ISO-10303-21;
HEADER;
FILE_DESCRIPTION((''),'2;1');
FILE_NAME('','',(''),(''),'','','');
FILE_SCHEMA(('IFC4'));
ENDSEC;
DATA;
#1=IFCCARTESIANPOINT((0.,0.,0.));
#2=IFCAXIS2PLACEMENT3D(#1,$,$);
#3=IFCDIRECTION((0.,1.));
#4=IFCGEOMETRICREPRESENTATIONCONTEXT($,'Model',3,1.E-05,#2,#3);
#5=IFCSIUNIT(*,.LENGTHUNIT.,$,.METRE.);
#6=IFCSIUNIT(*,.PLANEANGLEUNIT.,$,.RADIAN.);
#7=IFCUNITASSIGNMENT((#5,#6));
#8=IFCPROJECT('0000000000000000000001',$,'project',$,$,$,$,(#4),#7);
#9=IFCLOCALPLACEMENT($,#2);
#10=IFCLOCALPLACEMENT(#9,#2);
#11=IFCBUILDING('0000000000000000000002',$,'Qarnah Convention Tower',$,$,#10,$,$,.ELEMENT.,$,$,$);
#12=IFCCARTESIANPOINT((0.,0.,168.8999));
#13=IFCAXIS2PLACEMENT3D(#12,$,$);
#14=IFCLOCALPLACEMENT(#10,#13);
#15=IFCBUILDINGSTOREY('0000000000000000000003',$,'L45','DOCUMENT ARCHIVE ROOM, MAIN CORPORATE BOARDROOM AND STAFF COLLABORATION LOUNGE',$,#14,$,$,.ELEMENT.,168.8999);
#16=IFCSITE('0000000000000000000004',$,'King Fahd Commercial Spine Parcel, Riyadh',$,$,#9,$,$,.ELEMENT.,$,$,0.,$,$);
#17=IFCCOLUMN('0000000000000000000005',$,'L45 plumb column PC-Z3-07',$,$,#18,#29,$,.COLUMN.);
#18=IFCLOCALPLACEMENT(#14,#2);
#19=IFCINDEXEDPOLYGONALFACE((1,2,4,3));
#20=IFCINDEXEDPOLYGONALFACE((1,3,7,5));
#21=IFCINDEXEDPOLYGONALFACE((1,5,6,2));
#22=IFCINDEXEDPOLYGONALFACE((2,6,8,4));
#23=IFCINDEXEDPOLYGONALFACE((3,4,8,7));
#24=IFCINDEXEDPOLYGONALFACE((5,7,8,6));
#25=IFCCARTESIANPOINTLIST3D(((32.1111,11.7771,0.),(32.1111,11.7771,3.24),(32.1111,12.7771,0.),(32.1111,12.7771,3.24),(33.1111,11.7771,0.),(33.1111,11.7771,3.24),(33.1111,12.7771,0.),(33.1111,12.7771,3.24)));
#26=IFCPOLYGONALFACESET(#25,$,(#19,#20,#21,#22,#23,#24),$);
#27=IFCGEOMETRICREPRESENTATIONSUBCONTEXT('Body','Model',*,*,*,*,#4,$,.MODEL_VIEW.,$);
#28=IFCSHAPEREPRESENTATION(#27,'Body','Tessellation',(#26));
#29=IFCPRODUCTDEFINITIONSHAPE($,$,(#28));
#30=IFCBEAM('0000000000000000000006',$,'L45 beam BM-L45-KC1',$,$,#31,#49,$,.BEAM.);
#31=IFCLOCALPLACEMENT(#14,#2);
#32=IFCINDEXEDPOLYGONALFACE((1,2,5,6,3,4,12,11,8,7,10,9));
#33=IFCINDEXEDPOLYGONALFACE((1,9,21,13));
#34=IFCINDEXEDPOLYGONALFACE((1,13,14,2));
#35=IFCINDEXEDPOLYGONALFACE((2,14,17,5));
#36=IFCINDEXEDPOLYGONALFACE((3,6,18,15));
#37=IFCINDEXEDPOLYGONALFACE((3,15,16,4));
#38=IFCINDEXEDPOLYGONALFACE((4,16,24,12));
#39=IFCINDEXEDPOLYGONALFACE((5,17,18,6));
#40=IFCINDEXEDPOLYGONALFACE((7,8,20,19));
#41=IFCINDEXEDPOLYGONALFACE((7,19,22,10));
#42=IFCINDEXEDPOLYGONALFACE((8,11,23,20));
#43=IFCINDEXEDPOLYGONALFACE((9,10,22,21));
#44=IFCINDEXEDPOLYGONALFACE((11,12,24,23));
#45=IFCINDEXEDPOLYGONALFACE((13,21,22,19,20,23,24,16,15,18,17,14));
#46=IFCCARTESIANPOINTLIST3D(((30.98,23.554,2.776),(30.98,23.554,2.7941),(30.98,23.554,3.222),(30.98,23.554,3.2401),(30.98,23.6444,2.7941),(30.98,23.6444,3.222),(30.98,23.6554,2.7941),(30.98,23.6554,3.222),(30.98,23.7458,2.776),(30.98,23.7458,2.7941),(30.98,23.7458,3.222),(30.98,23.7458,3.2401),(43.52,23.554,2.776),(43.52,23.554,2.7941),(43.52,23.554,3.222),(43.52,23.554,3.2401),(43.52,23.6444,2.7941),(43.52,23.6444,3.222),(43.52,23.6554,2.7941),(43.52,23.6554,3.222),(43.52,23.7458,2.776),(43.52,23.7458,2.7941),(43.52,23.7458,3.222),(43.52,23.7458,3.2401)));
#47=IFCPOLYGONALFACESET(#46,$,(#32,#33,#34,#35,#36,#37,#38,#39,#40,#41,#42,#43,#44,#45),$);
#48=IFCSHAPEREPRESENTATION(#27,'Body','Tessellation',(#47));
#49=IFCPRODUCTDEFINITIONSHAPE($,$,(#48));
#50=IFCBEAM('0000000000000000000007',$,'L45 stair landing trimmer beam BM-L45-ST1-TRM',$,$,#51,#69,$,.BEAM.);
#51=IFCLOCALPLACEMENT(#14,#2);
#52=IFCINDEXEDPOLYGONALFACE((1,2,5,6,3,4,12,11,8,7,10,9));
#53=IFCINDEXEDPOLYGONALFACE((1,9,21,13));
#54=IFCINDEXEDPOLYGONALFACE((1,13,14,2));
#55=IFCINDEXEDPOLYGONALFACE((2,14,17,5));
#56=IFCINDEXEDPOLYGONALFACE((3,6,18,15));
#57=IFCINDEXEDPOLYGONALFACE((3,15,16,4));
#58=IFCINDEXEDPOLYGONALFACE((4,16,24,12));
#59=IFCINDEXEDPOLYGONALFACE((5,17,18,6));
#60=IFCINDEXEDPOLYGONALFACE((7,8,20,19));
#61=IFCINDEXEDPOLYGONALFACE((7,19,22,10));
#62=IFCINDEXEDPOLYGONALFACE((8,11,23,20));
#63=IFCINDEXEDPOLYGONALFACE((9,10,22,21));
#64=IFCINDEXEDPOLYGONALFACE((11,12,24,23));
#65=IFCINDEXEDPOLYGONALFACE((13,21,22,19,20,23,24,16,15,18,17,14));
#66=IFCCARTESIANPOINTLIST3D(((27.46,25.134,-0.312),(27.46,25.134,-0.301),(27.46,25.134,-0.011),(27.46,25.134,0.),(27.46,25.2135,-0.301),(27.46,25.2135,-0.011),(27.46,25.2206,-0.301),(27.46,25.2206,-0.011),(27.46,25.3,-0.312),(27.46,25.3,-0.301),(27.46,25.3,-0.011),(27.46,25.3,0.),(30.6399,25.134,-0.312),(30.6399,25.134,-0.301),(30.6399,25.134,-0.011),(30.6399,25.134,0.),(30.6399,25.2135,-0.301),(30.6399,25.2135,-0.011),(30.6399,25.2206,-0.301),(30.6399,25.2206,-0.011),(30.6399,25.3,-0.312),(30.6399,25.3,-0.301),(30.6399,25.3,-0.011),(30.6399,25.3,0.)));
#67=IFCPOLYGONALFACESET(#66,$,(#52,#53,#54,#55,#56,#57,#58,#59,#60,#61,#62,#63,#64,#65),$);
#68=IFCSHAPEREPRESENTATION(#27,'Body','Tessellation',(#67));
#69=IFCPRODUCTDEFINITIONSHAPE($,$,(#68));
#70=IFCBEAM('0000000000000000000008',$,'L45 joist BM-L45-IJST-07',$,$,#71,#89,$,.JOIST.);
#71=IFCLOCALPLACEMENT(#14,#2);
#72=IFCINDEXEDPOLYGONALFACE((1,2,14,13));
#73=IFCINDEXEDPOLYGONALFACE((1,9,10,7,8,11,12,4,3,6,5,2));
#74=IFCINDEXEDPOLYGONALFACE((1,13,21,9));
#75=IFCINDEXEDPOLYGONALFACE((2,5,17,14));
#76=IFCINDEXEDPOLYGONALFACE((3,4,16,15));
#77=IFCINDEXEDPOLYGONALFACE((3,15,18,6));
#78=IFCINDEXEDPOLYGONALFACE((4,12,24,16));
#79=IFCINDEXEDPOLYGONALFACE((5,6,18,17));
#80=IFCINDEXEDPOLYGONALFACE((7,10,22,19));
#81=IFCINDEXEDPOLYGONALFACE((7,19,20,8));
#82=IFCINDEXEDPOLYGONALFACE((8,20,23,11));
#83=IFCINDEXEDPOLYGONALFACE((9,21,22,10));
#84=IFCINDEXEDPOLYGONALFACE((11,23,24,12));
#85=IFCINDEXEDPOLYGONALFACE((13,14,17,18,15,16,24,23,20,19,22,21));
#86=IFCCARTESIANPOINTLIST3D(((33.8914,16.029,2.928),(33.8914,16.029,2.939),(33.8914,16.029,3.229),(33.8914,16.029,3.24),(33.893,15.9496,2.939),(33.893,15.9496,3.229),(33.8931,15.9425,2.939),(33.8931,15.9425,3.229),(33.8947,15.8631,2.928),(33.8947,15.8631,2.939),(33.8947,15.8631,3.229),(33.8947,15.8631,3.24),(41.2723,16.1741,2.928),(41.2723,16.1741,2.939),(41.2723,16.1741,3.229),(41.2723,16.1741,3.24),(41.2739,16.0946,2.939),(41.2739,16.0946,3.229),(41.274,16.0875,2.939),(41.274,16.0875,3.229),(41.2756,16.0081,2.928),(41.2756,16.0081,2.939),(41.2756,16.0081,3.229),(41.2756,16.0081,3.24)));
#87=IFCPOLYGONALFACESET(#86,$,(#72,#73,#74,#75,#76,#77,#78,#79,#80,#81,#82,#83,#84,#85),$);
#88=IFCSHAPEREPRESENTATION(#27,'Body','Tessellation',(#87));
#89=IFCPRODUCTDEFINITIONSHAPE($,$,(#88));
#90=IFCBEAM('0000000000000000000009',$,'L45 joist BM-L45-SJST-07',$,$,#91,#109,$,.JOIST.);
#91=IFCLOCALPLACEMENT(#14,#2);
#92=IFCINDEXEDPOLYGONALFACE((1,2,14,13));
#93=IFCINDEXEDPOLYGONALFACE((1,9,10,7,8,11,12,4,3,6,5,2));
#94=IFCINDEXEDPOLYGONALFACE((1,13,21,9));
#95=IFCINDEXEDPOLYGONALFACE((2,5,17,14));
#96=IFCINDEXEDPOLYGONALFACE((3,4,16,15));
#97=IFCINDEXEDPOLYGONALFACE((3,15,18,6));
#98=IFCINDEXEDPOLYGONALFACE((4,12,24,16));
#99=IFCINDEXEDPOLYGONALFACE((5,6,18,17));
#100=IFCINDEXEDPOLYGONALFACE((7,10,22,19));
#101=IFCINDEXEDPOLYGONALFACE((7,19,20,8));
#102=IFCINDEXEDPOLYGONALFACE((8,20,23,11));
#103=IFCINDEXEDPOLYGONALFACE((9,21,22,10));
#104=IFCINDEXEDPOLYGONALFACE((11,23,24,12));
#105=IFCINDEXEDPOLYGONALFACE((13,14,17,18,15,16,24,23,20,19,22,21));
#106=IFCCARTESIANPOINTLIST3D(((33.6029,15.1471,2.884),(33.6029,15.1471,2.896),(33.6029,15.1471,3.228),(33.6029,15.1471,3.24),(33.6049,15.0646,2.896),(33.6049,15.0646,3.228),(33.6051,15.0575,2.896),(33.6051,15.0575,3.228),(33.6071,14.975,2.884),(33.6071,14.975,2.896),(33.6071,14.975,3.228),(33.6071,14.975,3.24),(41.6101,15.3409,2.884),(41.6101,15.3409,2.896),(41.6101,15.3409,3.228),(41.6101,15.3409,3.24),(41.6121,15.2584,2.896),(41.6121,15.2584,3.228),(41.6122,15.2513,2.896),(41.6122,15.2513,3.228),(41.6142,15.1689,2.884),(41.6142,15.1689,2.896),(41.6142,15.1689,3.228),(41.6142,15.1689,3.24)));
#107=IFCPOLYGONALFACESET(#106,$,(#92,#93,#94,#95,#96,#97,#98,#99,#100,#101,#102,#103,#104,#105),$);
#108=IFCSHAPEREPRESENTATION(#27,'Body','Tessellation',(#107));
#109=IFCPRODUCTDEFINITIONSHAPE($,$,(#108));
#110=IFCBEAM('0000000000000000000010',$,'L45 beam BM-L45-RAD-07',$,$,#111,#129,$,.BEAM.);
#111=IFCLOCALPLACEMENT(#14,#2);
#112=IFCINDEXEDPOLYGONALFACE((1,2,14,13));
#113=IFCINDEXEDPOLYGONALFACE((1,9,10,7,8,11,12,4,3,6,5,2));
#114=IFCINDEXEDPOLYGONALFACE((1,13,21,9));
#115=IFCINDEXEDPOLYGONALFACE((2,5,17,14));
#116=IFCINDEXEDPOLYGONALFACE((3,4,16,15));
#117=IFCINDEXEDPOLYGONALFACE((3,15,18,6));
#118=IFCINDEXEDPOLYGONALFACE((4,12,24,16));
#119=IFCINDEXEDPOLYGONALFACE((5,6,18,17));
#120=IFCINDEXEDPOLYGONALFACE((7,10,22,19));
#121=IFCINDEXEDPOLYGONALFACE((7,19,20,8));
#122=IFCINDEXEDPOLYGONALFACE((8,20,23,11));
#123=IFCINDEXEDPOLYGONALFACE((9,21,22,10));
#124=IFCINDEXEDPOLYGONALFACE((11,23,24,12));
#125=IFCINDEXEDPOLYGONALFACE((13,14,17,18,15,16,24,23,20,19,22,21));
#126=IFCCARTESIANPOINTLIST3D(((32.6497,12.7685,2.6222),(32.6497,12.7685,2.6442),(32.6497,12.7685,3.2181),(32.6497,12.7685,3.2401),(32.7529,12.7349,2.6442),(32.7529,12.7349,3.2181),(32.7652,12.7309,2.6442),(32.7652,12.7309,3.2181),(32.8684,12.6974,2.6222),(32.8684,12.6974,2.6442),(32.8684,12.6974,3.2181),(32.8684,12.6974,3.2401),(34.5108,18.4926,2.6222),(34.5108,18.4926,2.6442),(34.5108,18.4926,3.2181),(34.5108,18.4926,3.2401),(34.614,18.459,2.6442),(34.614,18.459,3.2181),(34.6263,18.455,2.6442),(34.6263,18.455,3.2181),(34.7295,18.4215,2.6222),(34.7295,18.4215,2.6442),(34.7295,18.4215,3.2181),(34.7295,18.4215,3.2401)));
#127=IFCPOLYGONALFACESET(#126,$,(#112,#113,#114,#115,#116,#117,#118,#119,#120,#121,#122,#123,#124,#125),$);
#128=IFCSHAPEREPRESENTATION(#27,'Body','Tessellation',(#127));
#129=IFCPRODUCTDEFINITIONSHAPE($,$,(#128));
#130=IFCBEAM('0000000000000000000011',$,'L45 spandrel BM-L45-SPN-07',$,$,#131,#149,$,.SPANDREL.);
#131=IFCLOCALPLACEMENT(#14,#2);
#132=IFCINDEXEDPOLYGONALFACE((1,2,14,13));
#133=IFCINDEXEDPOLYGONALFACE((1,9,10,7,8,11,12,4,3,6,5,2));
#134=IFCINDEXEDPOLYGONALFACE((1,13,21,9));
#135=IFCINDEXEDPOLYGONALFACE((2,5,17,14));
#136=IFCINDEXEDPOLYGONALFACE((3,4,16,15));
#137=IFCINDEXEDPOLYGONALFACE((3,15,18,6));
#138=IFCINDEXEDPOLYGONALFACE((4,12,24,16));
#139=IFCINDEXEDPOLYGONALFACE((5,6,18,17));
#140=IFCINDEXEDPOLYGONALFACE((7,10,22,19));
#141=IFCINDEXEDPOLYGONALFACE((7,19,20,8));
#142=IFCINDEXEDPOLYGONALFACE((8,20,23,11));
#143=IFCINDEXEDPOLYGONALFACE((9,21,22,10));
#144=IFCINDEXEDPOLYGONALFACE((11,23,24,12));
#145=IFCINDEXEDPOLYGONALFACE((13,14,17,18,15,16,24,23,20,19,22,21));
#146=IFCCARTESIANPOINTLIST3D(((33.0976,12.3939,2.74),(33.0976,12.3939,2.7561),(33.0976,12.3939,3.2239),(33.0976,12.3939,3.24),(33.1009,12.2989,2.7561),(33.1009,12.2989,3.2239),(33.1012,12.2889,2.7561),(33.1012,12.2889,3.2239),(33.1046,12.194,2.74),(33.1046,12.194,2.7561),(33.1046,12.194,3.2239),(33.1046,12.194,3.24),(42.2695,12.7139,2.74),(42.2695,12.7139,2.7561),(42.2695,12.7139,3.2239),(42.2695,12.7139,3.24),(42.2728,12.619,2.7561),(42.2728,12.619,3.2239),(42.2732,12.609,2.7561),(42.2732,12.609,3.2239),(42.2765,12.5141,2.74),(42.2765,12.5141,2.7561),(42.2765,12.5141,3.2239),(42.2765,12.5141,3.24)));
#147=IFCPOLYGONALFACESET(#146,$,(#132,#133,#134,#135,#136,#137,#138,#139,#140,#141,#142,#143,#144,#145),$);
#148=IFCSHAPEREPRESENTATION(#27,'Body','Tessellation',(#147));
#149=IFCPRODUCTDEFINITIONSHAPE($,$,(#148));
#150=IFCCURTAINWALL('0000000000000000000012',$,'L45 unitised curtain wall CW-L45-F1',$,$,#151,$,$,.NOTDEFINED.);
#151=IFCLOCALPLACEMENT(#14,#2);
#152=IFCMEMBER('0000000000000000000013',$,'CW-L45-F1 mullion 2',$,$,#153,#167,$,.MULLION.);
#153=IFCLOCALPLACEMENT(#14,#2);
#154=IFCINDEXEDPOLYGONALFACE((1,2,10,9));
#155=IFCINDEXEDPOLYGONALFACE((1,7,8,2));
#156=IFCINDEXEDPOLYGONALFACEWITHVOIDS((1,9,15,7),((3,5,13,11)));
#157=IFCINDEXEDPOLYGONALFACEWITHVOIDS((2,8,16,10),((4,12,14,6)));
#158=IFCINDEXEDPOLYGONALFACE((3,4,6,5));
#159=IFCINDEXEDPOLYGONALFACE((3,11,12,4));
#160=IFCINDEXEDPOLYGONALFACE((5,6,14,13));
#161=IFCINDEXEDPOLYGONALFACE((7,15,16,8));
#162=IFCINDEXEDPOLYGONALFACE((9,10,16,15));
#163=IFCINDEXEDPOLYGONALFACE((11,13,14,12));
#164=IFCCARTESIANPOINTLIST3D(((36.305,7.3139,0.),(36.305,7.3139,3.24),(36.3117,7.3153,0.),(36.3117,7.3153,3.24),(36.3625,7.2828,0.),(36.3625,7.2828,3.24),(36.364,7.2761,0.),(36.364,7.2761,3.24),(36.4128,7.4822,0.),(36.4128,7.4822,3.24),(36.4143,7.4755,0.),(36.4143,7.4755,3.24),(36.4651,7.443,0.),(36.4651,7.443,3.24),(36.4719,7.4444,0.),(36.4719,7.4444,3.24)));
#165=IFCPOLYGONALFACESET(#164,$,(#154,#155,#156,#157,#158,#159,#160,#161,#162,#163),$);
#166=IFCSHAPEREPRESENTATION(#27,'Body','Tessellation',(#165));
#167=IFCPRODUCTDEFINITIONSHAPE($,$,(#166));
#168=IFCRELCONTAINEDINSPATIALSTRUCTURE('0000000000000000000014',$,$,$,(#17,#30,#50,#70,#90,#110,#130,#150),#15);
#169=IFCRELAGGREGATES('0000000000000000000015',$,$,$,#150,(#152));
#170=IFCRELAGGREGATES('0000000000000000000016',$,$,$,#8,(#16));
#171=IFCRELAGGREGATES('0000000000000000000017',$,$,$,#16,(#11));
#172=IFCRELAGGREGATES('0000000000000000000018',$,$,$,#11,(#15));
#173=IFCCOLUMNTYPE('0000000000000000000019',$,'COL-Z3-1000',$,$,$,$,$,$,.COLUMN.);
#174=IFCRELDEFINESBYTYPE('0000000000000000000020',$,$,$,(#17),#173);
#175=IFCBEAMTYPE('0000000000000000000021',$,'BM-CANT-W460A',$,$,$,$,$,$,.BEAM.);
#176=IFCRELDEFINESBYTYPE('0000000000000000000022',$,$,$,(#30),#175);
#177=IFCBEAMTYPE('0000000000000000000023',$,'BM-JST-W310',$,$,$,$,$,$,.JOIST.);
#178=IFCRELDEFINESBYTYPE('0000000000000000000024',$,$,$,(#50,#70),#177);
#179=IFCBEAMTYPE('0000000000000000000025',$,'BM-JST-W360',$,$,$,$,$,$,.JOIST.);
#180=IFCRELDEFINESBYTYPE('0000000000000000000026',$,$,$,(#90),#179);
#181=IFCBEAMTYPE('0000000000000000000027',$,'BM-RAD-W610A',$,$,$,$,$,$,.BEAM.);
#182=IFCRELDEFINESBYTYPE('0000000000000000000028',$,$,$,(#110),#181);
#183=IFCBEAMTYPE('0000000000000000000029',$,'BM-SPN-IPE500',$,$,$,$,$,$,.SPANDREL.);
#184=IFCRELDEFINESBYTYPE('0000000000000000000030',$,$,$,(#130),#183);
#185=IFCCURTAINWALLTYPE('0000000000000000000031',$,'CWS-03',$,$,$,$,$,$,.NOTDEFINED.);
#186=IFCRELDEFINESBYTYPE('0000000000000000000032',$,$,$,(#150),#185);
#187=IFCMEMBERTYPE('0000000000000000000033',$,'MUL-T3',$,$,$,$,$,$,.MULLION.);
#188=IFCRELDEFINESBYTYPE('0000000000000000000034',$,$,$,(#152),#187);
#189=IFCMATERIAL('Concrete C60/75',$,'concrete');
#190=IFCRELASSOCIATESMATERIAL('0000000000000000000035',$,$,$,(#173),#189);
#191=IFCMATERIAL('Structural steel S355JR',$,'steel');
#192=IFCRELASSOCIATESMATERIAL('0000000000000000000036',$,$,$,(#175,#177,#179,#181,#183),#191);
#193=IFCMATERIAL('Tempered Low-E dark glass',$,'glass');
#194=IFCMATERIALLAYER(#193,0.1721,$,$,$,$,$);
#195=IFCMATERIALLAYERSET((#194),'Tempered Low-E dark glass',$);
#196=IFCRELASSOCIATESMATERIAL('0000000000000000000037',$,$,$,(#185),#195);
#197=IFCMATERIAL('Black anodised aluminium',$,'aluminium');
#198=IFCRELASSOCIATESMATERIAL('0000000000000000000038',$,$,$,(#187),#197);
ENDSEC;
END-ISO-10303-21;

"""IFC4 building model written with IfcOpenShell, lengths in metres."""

from ifc_helpers import new_model, si_unit, direction, frame, origin, origin_2d, place, context, subcontext, project, spatial, rectangle, hollow_rectangle, i_section, extrude, material, layer, layer_set, material_profile, profile_set, type_object, element, aggregate, save


model = new_model("IFC4")

# Units and contexts
model_context = context("Model", 3, precision=1e-05, world=origin(), true_north=direction((0.0, 1.0)))
body_context = subcontext(model_context, "Body", "Model", "MODEL_VIEW")
ifc_project = project(units=[si_unit("LENGTHUNIT", "METRE"), si_unit("PLANEANGLEUNIT", "RADIAN")], contexts=[model_context])

# Site, building, storey
site_placement = place(None, origin())
site = spatial("IfcSite", under=ifc_project, at=site_placement, Name="King Fahd Commercial Spine Parcel, Riyadh", CompositionType="ELEMENT", RefElevation=0.0)
building_placement = place(site_placement, origin())
building = spatial("IfcBuilding", under=site, at=building_placement, Name="Qarnah Convention Tower", CompositionType="ELEMENT")
storey_placement = place(building_placement, frame((0.0, 0.0, 168.8999)))
storey = spatial("IfcBuildingStorey", under=building, at=storey_placement, Name="L45", Description="DOCUMENT ARCHIVE ROOM, MAIN CORPORATE BOARDROOM AND STAFF COLLABORATION LOUNGE", CompositionType="ELEMENT", Elevation=168.8999)

# Column
ifc_material_1 = material(Name="Concrete C60/75", Category="concrete")
ifc_material_profile_1 = material_profile(ifc_material_1, rectangle(XDim=1.0, YDim=1.0, at=origin_2d()), Name="RC-COL-1000X1000")
ifc_profile_set_1 = profile_set([ifc_material_profile_1], Name="Concrete C60/75")
column_type = type_object("IfcColumnType", Name="COL-Z3-1000", PredefinedType="COLUMN", material=ifc_profile_set_1)
column_placement = place(storey_placement, frame((32.6111, 12.2771, 0.0), z_axis=(0.0, 0.0, 1.0), x_axis=(1.0, 0.0, 0.0)))
element("IfcColumn", 1, at=column_placement, inside=storey, type_object=column_type, Name="L45 plumb column PC-Z3-07", PredefinedType="COLUMN", context=body_context, shape_type="SweptSolid", body=[
    extrude(rectangle(XDim=1.0, YDim=1.0, at=origin_2d()), origin(), (0.0, 0.0, 1.0), 3.24),
])

# Beams
ifc_material_2 = material(Name="Structural steel S355JR", Category="steel")
ifc_material_profile_2 = material_profile(ifc_material_2, i_section(OverallWidth=0.1919, OverallDepth=0.4641, WebThickness=0.011, FlangeThickness=0.0181, at=origin_2d()), Name="W460X89")
ifc_profile_set_2 = profile_set([ifc_material_profile_2], Name="Structural steel S355JR")
beam_type_1 = type_object("IfcBeamType", Name="BM-CANT-W460A", PredefinedType="BEAM", material=ifc_profile_set_2)
beam_1_placement = place(storey_placement, frame((30.98, 23.6499, 3.0081), z_axis=(1.0, 0.0, 0.0), x_axis=(0.0, 1.0, 0.0)))
element("IfcBeam", 2, at=beam_1_placement, inside=storey, type_object=beam_type_1, Name="L45 beam BM-L45-KC1", PredefinedType="BEAM", context=body_context, shape_type="SweptSolid", body=[
    extrude(i_section(OverallWidth=0.1919, OverallDepth=0.4641, WebThickness=0.011, FlangeThickness=0.0181, at=origin_2d()), origin(), (0.0, 0.0, 1.0), 12.54),
])
ifc_material_profile_3 = material_profile(ifc_material_2, i_section(OverallWidth=0.166, OverallDepth=0.312, WebThickness=0.0071, FlangeThickness=0.011, at=origin_2d()), Name="W310X45")
ifc_profile_set_3 = profile_set([ifc_material_profile_3], Name="Structural steel S355JR")
beam_type_2 = type_object("IfcBeamType", Name="BM-JST-W310", PredefinedType="JOIST", material=ifc_profile_set_3)
beam_2_placement = place(storey_placement, frame((27.46, 25.217, -0.156), z_axis=(1.0, 0.0, 0.0), x_axis=(0.0, 1.0, 0.0)))
element("IfcBeam", 3, at=beam_2_placement, inside=storey, type_object=beam_type_2, Name="L45 stair landing trimmer beam BM-L45-ST1-TRM", PredefinedType="BEAM", context=body_context, shape_type="SweptSolid", body=[
    extrude(i_section(OverallWidth=0.166, OverallDepth=0.312, WebThickness=0.0071, FlangeThickness=0.011, at=origin_2d()), origin(), (0.0, 0.0, 1.0), 3.1799),
])
beam_3_placement = place(storey_placement, frame((33.8931, 15.946, 3.084), z_axis=(0.999807, 0.019644, 0.0), x_axis=(-0.019644, 0.999807, 0.0)))
element("IfcBeam", 4, at=beam_3_placement, inside=storey, type_object=beam_type_2, Name="L45 joist BM-L45-IJST-07", PredefinedType="JOIST", context=body_context, shape_type="SweptSolid", body=[
    extrude(i_section(OverallWidth=0.166, OverallDepth=0.312, WebThickness=0.0071, FlangeThickness=0.011, at=origin_2d()), origin(), (0.0, 0.0, 1.0), 7.3823),
])
ifc_material_profile_4 = material_profile(ifc_material_2, i_section(OverallWidth=0.1721, OverallDepth=0.356, WebThickness=0.0071, FlangeThickness=0.012, at=origin_2d()), Name="W360X51")
ifc_profile_set_4 = profile_set([ifc_material_profile_4], Name="Structural steel S355JR")
beam_type_3 = type_object("IfcBeamType", Name="BM-JST-W360", PredefinedType="JOIST", material=ifc_profile_set_4)
beam_4_placement = place(storey_placement, frame((33.605, 15.061, 3.062), z_axis=(0.999707, 0.024202, 0.0), x_axis=(-0.024202, 0.999707, 0.0)))
element("IfcBeam", 5, at=beam_4_placement, inside=storey, type_object=beam_type_3, Name="L45 joist BM-L45-SJST-07", PredefinedType="JOIST", context=body_context, shape_type="SweptSolid", body=[
    extrude(i_section(OverallWidth=0.1721, OverallDepth=0.356, WebThickness=0.0071, FlangeThickness=0.012, at=origin_2d()), origin(), (0.0, 0.0, 1.0), 8.0095),
])
ifc_material_profile_5 = material_profile(ifc_material_2, i_section(OverallWidth=0.23, OverallDepth=0.6179, WebThickness=0.0129, FlangeThickness=0.022, at=origin_2d()), Name="W610X140")
ifc_profile_set_5 = profile_set([ifc_material_profile_5], Name="Structural steel S355JR")
beam_type_4 = type_object("IfcBeamType", Name="BM-RAD-W610A", PredefinedType="BEAM", material=ifc_profile_set_5)
beam_5_placement = place(storey_placement, frame((34.6201, 18.457, 2.9312), z_axis=(-0.309198, -0.950998, 0.0), x_axis=(0.950998, -0.309198, 0.0)))
element("IfcBeam", 6, at=beam_5_placement, inside=storey, type_object=beam_type_4, Name="L45 beam BM-L45-RAD-07", PredefinedType="BEAM", context=body_context, shape_type="SweptSolid", body=[
    extrude(i_section(OverallWidth=0.23, OverallDepth=0.6179, WebThickness=0.0129, FlangeThickness=0.022, at=origin_2d()), origin(), (0.0, 0.0, 1.0), 6.019),
])
ifc_material_profile_6 = material_profile(ifc_material_2, i_section(OverallWidth=0.2, OverallDepth=0.5, WebThickness=0.01, FlangeThickness=0.0161, at=origin_2d()), Name="IPE500")
ifc_profile_set_6 = profile_set([ifc_material_profile_6], Name="Structural steel S355JR")
beam_type_5 = type_object("IfcBeamType", Name="BM-SPN-IPE500", PredefinedType="SPANDREL", material=ifc_profile_set_6)
beam_6_placement = place(storey_placement, frame((33.1011, 12.2939, 2.99), z_axis=(0.999392, 0.034875, 0.0), x_axis=(-0.034875, 0.999392, 0.0)))
element("IfcBeam", 7, at=beam_6_placement, inside=storey, type_object=beam_type_5, Name="L45 spandrel BM-L45-SPN-07", PredefinedType="SPANDREL", context=body_context, shape_type="SweptSolid", body=[
    extrude(i_section(OverallWidth=0.2, OverallDepth=0.5, WebThickness=0.01, FlangeThickness=0.0161, at=origin_2d()), origin(), (0.0, 0.0, 1.0), 9.1775),
])

# Curtain wall, member
ifc_material_3 = material(Name="Tempered Low-E dark glass", Category="glass")
ifc_layer_1 = layer(ifc_material_3, 0.1721)
ifc_layer_set_1 = layer_set([ifc_layer_1], Name="Tempered Low-E dark glass")
curtain_wall_type = type_object("IfcCurtainWallType", Name="CWS-03", PredefinedType="NOTDEFINED", material=ifc_layer_set_1)
curtain_wall_placement = place(storey_placement, origin())
curtain_wall = element("IfcCurtainWall", 8, at=curtain_wall_placement, inside=storey, type_object=curtain_wall_type, Name="L45 unitised curtain wall CW-L45-F1", PredefinedType="NOTDEFINED")
ifc_material_4 = material(Name="Black anodised aluminium", Category="aluminium")
ifc_material_profile_7 = material_profile(ifc_material_4, hollow_rectangle(XDim=0.0701, YDim=0.2, WallThickness=0.0049, at=origin_2d()), Name="MUL-70X200")
ifc_profile_set_7 = profile_set([ifc_material_profile_7], Name="Black anodised aluminium")
member_type = type_object("IfcMemberType", Name="MUL-T3", PredefinedType="MULLION", material=ifc_profile_set_7)
member_1_placement = place(storey_placement, frame((36.3884, 7.3792, 0.0), z_axis=(0.0, 0.0, 1.0), x_axis=(-0.842081, 0.539352, 0.0)))
member_1 = element("IfcMember", 9, at=member_1_placement, type_object=member_type, Name="CW-L45-F1 mullion 2", PredefinedType="MULLION", context=body_context, shape_type="SweptSolid", body=[
    extrude(hollow_rectangle(XDim=0.0701, YDim=0.2, WallThickness=0.0049, at=origin_2d()), origin(), (0.0, 0.0, 1.0), 3.24),
])
aggregate(curtain_wall, [member_1])

save(model, "model.ifc")
